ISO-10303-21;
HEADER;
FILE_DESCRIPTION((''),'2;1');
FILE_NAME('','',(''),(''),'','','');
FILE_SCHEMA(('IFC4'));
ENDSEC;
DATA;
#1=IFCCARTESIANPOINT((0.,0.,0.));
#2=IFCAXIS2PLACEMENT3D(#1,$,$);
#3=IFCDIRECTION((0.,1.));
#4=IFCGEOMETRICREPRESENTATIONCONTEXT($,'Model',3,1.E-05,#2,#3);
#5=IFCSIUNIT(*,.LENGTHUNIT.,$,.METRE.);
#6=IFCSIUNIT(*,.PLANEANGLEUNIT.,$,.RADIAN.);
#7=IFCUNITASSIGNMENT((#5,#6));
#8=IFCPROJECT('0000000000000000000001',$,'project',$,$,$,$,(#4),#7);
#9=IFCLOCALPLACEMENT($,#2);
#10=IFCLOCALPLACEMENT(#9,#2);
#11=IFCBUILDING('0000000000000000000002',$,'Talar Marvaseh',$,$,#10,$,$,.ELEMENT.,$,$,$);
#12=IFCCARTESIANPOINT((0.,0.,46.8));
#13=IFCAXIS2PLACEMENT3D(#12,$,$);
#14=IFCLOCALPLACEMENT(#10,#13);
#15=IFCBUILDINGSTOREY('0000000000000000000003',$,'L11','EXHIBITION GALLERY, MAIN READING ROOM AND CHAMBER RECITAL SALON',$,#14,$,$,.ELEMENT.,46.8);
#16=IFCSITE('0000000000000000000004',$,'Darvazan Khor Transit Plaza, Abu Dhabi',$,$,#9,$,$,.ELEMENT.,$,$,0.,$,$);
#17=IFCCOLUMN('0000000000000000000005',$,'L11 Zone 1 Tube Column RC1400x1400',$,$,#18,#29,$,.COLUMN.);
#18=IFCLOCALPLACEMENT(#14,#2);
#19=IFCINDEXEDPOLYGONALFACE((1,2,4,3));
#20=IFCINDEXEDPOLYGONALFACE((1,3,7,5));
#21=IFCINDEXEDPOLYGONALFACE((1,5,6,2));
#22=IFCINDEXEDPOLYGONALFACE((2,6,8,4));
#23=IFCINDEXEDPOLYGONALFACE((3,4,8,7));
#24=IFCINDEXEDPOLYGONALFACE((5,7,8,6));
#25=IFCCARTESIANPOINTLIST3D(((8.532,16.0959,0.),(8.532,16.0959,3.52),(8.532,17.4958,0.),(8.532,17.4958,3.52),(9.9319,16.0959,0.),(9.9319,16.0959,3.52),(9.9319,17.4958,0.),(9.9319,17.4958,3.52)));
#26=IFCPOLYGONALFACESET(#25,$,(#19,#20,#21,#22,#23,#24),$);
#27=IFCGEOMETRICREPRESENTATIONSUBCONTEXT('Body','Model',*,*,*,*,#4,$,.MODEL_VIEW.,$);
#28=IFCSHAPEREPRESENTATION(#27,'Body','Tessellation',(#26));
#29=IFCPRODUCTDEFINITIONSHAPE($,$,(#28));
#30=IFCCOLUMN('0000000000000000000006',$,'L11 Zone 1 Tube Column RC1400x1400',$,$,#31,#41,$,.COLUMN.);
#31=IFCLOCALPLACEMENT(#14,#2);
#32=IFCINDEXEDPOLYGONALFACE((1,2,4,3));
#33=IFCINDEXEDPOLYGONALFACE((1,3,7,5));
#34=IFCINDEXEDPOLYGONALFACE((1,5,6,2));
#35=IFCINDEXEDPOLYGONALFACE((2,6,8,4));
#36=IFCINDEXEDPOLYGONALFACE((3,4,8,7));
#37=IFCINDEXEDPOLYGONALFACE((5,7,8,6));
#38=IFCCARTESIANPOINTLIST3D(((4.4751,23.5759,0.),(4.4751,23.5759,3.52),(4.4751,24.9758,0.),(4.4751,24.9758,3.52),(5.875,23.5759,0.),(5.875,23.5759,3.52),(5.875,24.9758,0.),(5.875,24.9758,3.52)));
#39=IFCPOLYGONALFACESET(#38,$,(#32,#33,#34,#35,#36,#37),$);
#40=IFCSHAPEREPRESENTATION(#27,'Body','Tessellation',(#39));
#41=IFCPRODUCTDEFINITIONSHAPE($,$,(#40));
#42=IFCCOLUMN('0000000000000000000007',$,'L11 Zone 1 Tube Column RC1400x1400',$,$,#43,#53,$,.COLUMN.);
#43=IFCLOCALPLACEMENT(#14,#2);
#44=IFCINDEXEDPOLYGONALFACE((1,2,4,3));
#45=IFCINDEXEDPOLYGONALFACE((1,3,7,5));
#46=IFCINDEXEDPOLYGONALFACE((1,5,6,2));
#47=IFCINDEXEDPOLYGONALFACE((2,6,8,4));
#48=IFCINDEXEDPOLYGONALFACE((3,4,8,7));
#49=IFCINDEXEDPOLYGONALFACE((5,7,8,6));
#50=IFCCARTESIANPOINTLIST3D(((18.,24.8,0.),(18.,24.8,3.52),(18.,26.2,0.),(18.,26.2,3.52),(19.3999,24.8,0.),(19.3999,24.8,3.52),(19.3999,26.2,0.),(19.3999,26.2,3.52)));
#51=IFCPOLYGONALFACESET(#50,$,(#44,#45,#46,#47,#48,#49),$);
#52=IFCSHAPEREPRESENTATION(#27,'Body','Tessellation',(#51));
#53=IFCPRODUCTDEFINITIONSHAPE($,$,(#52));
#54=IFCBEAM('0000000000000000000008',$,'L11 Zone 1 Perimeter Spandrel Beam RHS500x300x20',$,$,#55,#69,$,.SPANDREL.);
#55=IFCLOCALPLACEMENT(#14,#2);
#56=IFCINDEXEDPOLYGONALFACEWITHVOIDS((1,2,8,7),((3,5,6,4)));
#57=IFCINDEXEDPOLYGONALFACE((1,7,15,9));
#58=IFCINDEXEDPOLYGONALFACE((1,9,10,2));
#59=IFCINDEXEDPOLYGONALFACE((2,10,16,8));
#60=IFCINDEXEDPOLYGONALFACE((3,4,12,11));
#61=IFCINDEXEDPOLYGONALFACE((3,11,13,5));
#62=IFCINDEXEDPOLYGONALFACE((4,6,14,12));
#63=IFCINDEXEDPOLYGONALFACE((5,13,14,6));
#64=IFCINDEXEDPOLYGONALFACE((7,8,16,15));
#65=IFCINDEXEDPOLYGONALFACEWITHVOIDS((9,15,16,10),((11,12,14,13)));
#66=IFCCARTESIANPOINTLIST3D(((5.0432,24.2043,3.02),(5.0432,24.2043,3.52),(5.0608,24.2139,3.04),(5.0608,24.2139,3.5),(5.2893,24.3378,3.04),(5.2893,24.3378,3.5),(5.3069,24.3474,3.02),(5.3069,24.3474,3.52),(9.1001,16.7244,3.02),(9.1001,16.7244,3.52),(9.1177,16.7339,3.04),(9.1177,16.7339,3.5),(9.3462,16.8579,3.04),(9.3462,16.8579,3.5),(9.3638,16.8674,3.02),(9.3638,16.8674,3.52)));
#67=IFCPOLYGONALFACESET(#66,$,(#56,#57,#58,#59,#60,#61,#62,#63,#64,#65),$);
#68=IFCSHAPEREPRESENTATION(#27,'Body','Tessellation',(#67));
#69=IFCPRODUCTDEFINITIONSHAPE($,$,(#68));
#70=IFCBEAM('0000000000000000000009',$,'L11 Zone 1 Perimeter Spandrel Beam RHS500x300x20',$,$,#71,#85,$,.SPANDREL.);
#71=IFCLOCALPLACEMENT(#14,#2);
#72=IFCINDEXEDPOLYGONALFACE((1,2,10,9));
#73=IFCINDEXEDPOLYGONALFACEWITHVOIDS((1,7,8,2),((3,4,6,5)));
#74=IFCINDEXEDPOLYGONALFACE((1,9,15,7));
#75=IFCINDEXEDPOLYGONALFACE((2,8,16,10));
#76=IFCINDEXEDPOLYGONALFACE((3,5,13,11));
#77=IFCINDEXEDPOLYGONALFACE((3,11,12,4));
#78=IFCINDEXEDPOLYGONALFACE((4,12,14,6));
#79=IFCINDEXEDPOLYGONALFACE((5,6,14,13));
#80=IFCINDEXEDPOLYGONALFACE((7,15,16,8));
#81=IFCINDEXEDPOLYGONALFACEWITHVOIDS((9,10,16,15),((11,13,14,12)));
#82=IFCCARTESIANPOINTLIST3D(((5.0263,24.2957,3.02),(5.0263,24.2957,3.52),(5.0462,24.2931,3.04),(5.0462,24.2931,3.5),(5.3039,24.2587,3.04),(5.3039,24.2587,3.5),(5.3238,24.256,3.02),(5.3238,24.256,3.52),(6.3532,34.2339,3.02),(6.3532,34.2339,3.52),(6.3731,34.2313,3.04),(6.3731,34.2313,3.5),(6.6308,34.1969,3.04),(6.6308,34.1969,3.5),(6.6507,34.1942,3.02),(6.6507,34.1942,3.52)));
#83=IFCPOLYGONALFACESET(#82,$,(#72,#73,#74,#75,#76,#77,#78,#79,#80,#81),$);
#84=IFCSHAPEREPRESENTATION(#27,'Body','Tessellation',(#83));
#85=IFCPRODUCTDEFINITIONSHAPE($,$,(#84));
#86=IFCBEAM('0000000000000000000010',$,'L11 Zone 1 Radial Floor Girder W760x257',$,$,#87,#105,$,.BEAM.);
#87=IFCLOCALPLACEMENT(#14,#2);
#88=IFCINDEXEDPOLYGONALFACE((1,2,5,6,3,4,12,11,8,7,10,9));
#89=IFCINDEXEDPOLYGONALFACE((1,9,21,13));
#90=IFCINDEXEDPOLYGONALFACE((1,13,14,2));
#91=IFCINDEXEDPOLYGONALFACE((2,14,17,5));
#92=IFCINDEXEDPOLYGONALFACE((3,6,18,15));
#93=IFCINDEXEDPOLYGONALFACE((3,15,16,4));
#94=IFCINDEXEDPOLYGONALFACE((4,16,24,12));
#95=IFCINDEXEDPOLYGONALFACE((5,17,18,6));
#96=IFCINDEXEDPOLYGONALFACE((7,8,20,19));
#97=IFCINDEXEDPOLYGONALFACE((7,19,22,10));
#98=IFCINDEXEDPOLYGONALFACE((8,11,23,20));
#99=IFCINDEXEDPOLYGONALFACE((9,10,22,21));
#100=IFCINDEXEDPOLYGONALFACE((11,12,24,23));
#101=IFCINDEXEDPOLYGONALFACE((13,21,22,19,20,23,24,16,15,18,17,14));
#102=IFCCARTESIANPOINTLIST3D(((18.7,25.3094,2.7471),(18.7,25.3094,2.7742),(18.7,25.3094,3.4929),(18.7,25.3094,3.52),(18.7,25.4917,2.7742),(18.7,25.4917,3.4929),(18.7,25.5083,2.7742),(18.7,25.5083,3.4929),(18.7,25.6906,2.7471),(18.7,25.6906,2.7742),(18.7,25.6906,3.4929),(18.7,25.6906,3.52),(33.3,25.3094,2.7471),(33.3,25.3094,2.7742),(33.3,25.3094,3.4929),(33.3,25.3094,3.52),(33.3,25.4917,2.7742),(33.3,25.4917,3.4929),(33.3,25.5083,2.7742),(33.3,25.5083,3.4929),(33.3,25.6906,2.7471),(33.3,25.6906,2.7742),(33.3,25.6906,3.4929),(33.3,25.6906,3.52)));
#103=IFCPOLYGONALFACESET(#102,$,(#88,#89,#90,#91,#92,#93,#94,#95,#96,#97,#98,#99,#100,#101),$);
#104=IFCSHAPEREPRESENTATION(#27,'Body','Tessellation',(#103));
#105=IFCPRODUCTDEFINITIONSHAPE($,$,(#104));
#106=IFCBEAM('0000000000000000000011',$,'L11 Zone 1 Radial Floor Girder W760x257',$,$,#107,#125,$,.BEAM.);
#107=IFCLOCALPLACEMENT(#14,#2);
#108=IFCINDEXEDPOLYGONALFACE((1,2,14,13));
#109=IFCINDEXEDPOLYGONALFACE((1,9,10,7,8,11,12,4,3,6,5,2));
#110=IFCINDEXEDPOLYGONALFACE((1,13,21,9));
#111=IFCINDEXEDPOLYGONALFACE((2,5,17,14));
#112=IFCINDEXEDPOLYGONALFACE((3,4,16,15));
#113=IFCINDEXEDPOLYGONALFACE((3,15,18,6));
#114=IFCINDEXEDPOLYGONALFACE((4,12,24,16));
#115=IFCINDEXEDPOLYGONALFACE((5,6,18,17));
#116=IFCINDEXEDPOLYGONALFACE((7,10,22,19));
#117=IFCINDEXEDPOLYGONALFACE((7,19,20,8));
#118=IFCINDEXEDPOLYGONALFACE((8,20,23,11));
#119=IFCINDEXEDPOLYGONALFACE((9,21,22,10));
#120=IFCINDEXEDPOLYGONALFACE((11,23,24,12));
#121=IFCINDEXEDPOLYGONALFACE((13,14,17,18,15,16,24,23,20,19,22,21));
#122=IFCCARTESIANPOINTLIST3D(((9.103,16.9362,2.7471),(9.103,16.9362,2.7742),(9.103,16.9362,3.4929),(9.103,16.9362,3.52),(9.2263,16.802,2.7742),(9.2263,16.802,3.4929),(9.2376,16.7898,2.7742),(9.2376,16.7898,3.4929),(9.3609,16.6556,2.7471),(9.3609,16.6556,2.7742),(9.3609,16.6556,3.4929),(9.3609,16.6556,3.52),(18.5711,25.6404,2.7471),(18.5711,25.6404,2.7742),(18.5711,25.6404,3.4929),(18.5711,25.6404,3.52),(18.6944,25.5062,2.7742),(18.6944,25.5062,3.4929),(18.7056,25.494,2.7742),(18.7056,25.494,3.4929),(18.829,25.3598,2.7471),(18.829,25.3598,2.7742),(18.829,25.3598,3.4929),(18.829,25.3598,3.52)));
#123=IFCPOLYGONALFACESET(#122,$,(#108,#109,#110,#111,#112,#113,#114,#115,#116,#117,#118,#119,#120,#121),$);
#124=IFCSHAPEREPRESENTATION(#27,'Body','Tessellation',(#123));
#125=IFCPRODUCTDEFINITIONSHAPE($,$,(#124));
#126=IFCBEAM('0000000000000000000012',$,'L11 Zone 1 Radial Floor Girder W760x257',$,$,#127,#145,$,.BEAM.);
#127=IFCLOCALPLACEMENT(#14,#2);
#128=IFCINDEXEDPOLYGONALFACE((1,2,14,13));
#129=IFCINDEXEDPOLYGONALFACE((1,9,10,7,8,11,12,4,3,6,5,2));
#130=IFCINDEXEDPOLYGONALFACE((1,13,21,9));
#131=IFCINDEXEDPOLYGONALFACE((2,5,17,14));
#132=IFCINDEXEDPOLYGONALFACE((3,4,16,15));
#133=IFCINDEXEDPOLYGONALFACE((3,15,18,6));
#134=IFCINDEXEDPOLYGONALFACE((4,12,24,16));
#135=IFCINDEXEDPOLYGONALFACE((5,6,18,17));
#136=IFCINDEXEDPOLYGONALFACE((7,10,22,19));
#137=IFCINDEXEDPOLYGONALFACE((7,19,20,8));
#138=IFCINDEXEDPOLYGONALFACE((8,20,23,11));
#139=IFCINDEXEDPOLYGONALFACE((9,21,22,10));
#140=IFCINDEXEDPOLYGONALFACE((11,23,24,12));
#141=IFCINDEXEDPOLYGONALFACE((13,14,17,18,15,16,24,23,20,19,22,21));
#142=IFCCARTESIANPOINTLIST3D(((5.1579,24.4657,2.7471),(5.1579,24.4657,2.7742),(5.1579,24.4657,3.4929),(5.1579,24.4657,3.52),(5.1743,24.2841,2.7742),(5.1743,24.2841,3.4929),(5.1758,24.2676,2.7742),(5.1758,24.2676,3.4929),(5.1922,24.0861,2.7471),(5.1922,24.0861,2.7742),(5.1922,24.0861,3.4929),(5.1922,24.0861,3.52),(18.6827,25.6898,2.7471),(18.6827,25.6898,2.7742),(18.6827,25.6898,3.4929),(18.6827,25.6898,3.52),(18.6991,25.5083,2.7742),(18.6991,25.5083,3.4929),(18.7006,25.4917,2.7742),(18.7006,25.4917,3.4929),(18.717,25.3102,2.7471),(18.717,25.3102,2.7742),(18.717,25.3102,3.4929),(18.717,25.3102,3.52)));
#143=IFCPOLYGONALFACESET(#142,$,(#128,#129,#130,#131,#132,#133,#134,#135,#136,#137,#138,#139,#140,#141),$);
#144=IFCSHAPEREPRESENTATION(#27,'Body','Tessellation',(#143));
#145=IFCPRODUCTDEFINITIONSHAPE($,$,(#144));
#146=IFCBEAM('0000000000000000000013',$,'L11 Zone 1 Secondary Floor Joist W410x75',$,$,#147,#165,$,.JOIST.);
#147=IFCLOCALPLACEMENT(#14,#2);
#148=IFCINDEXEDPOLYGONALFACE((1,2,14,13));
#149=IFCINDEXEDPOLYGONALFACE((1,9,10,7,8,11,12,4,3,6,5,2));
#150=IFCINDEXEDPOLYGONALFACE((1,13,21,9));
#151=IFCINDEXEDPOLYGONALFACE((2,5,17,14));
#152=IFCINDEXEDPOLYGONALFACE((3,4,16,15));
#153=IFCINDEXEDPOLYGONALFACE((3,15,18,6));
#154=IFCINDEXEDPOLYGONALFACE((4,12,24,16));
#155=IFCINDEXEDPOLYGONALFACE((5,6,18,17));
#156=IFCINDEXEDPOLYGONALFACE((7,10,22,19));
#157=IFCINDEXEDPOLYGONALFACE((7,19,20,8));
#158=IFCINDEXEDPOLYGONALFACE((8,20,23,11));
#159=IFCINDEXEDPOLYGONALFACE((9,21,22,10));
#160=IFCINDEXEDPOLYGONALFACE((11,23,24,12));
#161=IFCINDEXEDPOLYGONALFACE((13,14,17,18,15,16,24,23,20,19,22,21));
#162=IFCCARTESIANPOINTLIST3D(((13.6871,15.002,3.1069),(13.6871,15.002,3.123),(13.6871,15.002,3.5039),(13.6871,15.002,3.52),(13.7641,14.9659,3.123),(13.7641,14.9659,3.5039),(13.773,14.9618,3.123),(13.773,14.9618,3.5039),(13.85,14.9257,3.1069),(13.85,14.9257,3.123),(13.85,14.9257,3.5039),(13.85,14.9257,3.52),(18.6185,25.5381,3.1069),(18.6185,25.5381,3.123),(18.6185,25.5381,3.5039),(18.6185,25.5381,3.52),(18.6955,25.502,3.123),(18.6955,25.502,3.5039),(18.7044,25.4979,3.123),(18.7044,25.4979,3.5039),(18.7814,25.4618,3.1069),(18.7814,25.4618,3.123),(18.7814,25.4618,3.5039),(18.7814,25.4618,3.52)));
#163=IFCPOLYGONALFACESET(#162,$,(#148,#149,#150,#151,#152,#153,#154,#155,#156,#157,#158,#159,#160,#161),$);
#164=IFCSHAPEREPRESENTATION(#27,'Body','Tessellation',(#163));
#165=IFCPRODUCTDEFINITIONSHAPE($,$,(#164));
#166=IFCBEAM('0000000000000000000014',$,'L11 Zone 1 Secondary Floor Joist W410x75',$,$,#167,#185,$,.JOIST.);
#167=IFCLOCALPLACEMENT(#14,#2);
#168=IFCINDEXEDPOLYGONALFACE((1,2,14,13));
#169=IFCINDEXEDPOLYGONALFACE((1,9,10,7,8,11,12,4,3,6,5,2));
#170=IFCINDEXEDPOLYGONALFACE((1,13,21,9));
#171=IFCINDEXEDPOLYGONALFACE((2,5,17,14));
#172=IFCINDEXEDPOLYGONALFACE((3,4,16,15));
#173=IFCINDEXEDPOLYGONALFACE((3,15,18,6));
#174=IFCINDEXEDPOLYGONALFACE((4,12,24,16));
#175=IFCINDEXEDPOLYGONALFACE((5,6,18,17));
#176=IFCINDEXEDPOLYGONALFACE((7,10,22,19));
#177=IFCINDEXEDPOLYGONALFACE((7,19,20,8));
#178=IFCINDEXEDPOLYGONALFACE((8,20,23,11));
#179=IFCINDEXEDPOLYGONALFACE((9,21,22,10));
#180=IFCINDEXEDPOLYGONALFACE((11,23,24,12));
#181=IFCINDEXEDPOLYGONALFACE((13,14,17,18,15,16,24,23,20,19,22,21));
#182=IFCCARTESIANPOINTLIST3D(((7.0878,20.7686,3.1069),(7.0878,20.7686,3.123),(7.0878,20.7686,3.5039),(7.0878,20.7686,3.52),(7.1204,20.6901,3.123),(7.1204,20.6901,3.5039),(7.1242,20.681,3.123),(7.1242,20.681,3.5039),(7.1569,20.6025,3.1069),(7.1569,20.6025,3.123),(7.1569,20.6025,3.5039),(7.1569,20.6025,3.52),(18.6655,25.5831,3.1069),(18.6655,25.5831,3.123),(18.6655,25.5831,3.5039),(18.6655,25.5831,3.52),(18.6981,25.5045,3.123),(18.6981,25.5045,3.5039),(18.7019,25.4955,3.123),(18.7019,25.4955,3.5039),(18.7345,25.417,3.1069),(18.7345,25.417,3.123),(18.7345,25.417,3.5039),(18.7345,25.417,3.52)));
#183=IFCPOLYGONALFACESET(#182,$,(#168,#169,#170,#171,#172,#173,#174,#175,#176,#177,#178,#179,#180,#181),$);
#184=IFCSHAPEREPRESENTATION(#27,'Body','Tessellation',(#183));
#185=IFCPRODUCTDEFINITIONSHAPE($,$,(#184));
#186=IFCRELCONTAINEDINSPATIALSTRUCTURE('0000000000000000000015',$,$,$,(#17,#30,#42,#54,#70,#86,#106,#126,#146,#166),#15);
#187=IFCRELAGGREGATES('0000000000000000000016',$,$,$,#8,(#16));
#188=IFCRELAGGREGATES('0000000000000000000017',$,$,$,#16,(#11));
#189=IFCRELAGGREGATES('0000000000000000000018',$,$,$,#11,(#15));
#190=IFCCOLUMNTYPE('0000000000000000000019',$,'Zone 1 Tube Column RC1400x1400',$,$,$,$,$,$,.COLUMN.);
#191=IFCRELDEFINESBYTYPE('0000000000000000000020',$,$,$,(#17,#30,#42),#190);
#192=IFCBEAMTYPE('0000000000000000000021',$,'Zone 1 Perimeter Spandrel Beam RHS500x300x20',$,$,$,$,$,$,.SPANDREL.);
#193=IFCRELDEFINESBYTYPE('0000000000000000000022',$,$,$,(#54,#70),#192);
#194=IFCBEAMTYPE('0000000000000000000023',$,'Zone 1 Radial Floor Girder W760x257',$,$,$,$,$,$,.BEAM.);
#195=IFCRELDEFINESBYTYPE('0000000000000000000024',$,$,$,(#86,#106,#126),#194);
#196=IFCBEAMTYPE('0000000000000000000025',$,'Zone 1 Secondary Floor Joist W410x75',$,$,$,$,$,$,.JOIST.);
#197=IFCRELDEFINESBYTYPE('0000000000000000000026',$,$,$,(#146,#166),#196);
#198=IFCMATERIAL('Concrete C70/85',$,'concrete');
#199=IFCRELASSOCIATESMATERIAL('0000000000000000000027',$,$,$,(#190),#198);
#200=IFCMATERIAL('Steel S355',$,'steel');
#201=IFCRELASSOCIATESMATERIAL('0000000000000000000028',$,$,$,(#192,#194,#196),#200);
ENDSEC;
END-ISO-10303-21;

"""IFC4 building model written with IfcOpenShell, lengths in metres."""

from ifc_helpers import new_model, si_unit, direction, frame, origin, origin_2d, place, context, subcontext, project, spatial, rectangle, hollow_rectangle, i_section, extrude, material, material_profile, profile_set, type_object, element, save


model = new_model("IFC4")

# Units and contexts
model_context = context("Model", 3, precision=1e-05, world=origin(), true_north=direction((0.0, 1.0)))
body_context = subcontext(model_context, "Body", "Model", "MODEL_VIEW")
ifc_project = project(units=[si_unit("LENGTHUNIT", "METRE"), si_unit("PLANEANGLEUNIT", "RADIAN")], contexts=[model_context])

# Site, building, storey
site_placement = place(None, origin())
site = spatial("IfcSite", under=ifc_project, at=site_placement, Name="Darvazan Khor Transit Plaza, Abu Dhabi", CompositionType="ELEMENT", RefElevation=0.0)
building_placement = place(site_placement, origin())
building = spatial("IfcBuilding", under=site, at=building_placement, Name="Talar Marvaseh", CompositionType="ELEMENT")
storey_placement = place(building_placement, frame((0.0, 0.0, 46.8)))
storey = spatial("IfcBuildingStorey", under=building, at=storey_placement, Name="L11", Description="EXHIBITION GALLERY, MAIN READING ROOM AND CHAMBER RECITAL SALON", CompositionType="ELEMENT", Elevation=46.8)

# Columns
ifc_material_1 = material(Name="Concrete C70/85", Category="concrete")
ifc_material_profile_1 = material_profile(ifc_material_1, rectangle(XDim=1.3999, YDim=1.3999, at=origin_2d()), Name="RC1400x1400")
ifc_profile_set_1 = profile_set([ifc_material_profile_1], Name="Concrete C70/85")
column_type = type_object("IfcColumnType", Name="Zone 1 Tube Column RC1400x1400", PredefinedType="COLUMN", material=ifc_profile_set_1)
for number, where, z_axis, x_axis, name in (
    (1, (9.2319, 16.7959, 0.0), (0.0, 0.0, 1.0), (1.0, 0.0, 0.0), "L11 Zone 1 Tube Column RC1400x1400"),
    (2, (5.175, 24.2759, 0.0), (0.0, 0.0, 1.0), (1.0, 0.0, 0.0), "L11 Zone 1 Tube Column RC1400x1400"),
    (3, (18.7, 25.5, 0.0), (0.0, 0.0, 1.0), (1.0, 0.0, 0.0), "L11 Zone 1 Tube Column RC1400x1400"),
):
    element("IfcColumn", number, at=place(storey_placement, frame(where, z_axis=z_axis, x_axis=x_axis)), inside=storey, type_object=column_type, Name=name, PredefinedType="COLUMN", context=body_context, shape_type="SweptSolid", body=[
        extrude(rectangle(XDim=1.3999, YDim=1.3999, at=origin_2d()), origin(), (0.0, 0.0, 1.0), 3.52),
    ])

# Beams
ifc_material_2 = material(Name="Steel S355", Category="steel")
ifc_material_profile_2 = material_profile(ifc_material_2, hollow_rectangle(XDim=0.3, YDim=0.5, WallThickness=0.02, at=origin_2d()), Name="RHS500x300x20")
ifc_profile_set_2 = profile_set([ifc_material_profile_2], Name="Steel S355")
beam_type_1 = type_object("IfcBeamType", Name="Zone 1 Perimeter Spandrel Beam RHS500x300x20", PredefinedType="SPANDREL", material=ifc_profile_set_2)
beam_1_placement = place(storey_placement, frame((9.2319, 16.7959, 3.27), z_axis=(-0.476758, 0.879035, 0.0), x_axis=(-0.879035, -0.476758, 0.0)))
element("IfcBeam", 4, at=beam_1_placement, inside=storey, type_object=beam_type_1, Name="L11 Zone 1 Perimeter Spandrel Beam RHS500x300x20", PredefinedType="SPANDREL", context=body_context, shape_type="SweptSolid", body=[
    extrude(hollow_rectangle(XDim=0.3, YDim=0.5, WallThickness=0.02, at=origin_2d()), origin(), (0.0, 0.0, 1.0), 8.5093),
])
beam_2_placement = place(storey_placement, frame((5.175, 24.2759, 3.27), z_axis=(0.132341, 0.991204, 0.0), x_axis=(-0.991204, 0.132341, 0.0)))
element("IfcBeam", 5, at=beam_2_placement, inside=storey, type_object=beam_type_1, Name="L11 Zone 1 Perimeter Spandrel Beam RHS500x300x20", PredefinedType="SPANDREL", context=body_context, shape_type="SweptSolid", body=[
    extrude(hollow_rectangle(XDim=0.3, YDim=0.5, WallThickness=0.02, at=origin_2d()), origin(), (0.0, 0.0, 1.0), 10.0264),
])
ifc_material_profile_3 = material_profile(ifc_material_2, i_section(OverallWidth=0.3811, OverallDepth=0.7729, WebThickness=0.0166, FlangeThickness=0.0271, at=origin_2d()), Name="W760x257")
ifc_profile_set_3 = profile_set([ifc_material_profile_3], Name="Steel S355")
beam_type_2 = type_object("IfcBeamType", Name="Zone 1 Radial Floor Girder W760x257", PredefinedType="BEAM", material=ifc_profile_set_3)
beam_3_placement = place(storey_placement, frame((18.7, 25.5, 3.1335), z_axis=(1.0, 0.0, 0.0), x_axis=(0.0, 1.0, 0.0)))
element("IfcBeam", 6, at=beam_3_placement, inside=storey, type_object=beam_type_2, Name="L11 Zone 1 Radial Floor Girder W760x257", PredefinedType="BEAM", context=body_context, shape_type="SweptSolid", body=[
    extrude(i_section(OverallWidth=0.3811, OverallDepth=0.7729, WebThickness=0.0166, FlangeThickness=0.0271, at=origin_2d()), origin(), (0.0, 0.0, 1.0), 14.6001),
])
beam_4_placement = place(storey_placement, frame((9.2319, 16.7959, 3.1335), z_axis=(0.736182, 0.676784, 0.0), x_axis=(-0.676784, 0.736182, 0.0)))
element("IfcBeam", 7, at=beam_4_placement, inside=storey, type_object=beam_type_2, Name="L11 Zone 1 Radial Floor Girder W760x257", PredefinedType="BEAM", context=body_context, shape_type="SweptSolid", body=[
    extrude(i_section(OverallWidth=0.3811, OverallDepth=0.7729, WebThickness=0.0166, FlangeThickness=0.0271, at=origin_2d()), origin(), (0.0, 0.0, 1.0), 12.8611),
])
beam_5_placement = place(storey_placement, frame((5.175, 24.2759, 3.1335), z_axis=(0.995929, 0.09014, 0.0), x_axis=(-0.09014, 0.995929, 0.0)))
element("IfcBeam", 8, at=beam_5_placement, inside=storey, type_object=beam_type_2, Name="L11 Zone 1 Radial Floor Girder W760x257", PredefinedType="BEAM", context=body_context, shape_type="SweptSolid", body=[
    extrude(i_section(OverallWidth=0.3811, OverallDepth=0.7729, WebThickness=0.0166, FlangeThickness=0.0271, at=origin_2d()), origin(), (0.0, 0.0, 1.0), 13.5801),
])
ifc_material_profile_4 = material_profile(ifc_material_2, i_section(OverallWidth=0.1799, OverallDepth=0.4131, WebThickness=0.0098, FlangeThickness=0.0161, at=origin_2d()), Name="W410x75")
ifc_profile_set_4 = profile_set([ifc_material_profile_4], Name="Steel S355")
beam_type_3 = type_object("IfcBeamType", Name="Zone 1 Secondary Floor Joist W410x75", PredefinedType="JOIST", material=ifc_profile_set_4)
beam_6_placement = place(storey_placement, frame((13.7686, 14.9639, 3.3135), z_axis=(0.423911, 0.905704, 0.0), x_axis=(-0.905704, 0.423911, 0.0)))
element("IfcBeam", 9, at=beam_6_placement, inside=storey, type_object=beam_type_3, Name="L11 Zone 1 Secondary Floor Joist W410x75", PredefinedType="JOIST", context=body_context, shape_type="SweptSolid", body=[
    extrude(i_section(OverallWidth=0.1799, OverallDepth=0.4131, WebThickness=0.0098, FlangeThickness=0.0161, at=origin_2d()), origin(), (0.0, 0.0, 1.0), 11.6331),
])
beam_7_placement = place(storey_placement, frame((7.1223, 20.6855, 3.3135), z_axis=(0.923347, 0.383965, 0.0), x_axis=(-0.383965, 0.923347, 0.0)))
element("IfcBeam", 10, at=beam_7_placement, inside=storey, type_object=beam_type_3, Name="L11 Zone 1 Secondary Floor Joist W410x75", PredefinedType="JOIST", context=body_context, shape_type="SweptSolid", body=[
    extrude(i_section(OverallWidth=0.1799, OverallDepth=0.4131, WebThickness=0.0098, FlangeThickness=0.0161, at=origin_2d()), origin(), (0.0, 0.0, 1.0), 12.5388),
])

save(model, "model.ifc")
